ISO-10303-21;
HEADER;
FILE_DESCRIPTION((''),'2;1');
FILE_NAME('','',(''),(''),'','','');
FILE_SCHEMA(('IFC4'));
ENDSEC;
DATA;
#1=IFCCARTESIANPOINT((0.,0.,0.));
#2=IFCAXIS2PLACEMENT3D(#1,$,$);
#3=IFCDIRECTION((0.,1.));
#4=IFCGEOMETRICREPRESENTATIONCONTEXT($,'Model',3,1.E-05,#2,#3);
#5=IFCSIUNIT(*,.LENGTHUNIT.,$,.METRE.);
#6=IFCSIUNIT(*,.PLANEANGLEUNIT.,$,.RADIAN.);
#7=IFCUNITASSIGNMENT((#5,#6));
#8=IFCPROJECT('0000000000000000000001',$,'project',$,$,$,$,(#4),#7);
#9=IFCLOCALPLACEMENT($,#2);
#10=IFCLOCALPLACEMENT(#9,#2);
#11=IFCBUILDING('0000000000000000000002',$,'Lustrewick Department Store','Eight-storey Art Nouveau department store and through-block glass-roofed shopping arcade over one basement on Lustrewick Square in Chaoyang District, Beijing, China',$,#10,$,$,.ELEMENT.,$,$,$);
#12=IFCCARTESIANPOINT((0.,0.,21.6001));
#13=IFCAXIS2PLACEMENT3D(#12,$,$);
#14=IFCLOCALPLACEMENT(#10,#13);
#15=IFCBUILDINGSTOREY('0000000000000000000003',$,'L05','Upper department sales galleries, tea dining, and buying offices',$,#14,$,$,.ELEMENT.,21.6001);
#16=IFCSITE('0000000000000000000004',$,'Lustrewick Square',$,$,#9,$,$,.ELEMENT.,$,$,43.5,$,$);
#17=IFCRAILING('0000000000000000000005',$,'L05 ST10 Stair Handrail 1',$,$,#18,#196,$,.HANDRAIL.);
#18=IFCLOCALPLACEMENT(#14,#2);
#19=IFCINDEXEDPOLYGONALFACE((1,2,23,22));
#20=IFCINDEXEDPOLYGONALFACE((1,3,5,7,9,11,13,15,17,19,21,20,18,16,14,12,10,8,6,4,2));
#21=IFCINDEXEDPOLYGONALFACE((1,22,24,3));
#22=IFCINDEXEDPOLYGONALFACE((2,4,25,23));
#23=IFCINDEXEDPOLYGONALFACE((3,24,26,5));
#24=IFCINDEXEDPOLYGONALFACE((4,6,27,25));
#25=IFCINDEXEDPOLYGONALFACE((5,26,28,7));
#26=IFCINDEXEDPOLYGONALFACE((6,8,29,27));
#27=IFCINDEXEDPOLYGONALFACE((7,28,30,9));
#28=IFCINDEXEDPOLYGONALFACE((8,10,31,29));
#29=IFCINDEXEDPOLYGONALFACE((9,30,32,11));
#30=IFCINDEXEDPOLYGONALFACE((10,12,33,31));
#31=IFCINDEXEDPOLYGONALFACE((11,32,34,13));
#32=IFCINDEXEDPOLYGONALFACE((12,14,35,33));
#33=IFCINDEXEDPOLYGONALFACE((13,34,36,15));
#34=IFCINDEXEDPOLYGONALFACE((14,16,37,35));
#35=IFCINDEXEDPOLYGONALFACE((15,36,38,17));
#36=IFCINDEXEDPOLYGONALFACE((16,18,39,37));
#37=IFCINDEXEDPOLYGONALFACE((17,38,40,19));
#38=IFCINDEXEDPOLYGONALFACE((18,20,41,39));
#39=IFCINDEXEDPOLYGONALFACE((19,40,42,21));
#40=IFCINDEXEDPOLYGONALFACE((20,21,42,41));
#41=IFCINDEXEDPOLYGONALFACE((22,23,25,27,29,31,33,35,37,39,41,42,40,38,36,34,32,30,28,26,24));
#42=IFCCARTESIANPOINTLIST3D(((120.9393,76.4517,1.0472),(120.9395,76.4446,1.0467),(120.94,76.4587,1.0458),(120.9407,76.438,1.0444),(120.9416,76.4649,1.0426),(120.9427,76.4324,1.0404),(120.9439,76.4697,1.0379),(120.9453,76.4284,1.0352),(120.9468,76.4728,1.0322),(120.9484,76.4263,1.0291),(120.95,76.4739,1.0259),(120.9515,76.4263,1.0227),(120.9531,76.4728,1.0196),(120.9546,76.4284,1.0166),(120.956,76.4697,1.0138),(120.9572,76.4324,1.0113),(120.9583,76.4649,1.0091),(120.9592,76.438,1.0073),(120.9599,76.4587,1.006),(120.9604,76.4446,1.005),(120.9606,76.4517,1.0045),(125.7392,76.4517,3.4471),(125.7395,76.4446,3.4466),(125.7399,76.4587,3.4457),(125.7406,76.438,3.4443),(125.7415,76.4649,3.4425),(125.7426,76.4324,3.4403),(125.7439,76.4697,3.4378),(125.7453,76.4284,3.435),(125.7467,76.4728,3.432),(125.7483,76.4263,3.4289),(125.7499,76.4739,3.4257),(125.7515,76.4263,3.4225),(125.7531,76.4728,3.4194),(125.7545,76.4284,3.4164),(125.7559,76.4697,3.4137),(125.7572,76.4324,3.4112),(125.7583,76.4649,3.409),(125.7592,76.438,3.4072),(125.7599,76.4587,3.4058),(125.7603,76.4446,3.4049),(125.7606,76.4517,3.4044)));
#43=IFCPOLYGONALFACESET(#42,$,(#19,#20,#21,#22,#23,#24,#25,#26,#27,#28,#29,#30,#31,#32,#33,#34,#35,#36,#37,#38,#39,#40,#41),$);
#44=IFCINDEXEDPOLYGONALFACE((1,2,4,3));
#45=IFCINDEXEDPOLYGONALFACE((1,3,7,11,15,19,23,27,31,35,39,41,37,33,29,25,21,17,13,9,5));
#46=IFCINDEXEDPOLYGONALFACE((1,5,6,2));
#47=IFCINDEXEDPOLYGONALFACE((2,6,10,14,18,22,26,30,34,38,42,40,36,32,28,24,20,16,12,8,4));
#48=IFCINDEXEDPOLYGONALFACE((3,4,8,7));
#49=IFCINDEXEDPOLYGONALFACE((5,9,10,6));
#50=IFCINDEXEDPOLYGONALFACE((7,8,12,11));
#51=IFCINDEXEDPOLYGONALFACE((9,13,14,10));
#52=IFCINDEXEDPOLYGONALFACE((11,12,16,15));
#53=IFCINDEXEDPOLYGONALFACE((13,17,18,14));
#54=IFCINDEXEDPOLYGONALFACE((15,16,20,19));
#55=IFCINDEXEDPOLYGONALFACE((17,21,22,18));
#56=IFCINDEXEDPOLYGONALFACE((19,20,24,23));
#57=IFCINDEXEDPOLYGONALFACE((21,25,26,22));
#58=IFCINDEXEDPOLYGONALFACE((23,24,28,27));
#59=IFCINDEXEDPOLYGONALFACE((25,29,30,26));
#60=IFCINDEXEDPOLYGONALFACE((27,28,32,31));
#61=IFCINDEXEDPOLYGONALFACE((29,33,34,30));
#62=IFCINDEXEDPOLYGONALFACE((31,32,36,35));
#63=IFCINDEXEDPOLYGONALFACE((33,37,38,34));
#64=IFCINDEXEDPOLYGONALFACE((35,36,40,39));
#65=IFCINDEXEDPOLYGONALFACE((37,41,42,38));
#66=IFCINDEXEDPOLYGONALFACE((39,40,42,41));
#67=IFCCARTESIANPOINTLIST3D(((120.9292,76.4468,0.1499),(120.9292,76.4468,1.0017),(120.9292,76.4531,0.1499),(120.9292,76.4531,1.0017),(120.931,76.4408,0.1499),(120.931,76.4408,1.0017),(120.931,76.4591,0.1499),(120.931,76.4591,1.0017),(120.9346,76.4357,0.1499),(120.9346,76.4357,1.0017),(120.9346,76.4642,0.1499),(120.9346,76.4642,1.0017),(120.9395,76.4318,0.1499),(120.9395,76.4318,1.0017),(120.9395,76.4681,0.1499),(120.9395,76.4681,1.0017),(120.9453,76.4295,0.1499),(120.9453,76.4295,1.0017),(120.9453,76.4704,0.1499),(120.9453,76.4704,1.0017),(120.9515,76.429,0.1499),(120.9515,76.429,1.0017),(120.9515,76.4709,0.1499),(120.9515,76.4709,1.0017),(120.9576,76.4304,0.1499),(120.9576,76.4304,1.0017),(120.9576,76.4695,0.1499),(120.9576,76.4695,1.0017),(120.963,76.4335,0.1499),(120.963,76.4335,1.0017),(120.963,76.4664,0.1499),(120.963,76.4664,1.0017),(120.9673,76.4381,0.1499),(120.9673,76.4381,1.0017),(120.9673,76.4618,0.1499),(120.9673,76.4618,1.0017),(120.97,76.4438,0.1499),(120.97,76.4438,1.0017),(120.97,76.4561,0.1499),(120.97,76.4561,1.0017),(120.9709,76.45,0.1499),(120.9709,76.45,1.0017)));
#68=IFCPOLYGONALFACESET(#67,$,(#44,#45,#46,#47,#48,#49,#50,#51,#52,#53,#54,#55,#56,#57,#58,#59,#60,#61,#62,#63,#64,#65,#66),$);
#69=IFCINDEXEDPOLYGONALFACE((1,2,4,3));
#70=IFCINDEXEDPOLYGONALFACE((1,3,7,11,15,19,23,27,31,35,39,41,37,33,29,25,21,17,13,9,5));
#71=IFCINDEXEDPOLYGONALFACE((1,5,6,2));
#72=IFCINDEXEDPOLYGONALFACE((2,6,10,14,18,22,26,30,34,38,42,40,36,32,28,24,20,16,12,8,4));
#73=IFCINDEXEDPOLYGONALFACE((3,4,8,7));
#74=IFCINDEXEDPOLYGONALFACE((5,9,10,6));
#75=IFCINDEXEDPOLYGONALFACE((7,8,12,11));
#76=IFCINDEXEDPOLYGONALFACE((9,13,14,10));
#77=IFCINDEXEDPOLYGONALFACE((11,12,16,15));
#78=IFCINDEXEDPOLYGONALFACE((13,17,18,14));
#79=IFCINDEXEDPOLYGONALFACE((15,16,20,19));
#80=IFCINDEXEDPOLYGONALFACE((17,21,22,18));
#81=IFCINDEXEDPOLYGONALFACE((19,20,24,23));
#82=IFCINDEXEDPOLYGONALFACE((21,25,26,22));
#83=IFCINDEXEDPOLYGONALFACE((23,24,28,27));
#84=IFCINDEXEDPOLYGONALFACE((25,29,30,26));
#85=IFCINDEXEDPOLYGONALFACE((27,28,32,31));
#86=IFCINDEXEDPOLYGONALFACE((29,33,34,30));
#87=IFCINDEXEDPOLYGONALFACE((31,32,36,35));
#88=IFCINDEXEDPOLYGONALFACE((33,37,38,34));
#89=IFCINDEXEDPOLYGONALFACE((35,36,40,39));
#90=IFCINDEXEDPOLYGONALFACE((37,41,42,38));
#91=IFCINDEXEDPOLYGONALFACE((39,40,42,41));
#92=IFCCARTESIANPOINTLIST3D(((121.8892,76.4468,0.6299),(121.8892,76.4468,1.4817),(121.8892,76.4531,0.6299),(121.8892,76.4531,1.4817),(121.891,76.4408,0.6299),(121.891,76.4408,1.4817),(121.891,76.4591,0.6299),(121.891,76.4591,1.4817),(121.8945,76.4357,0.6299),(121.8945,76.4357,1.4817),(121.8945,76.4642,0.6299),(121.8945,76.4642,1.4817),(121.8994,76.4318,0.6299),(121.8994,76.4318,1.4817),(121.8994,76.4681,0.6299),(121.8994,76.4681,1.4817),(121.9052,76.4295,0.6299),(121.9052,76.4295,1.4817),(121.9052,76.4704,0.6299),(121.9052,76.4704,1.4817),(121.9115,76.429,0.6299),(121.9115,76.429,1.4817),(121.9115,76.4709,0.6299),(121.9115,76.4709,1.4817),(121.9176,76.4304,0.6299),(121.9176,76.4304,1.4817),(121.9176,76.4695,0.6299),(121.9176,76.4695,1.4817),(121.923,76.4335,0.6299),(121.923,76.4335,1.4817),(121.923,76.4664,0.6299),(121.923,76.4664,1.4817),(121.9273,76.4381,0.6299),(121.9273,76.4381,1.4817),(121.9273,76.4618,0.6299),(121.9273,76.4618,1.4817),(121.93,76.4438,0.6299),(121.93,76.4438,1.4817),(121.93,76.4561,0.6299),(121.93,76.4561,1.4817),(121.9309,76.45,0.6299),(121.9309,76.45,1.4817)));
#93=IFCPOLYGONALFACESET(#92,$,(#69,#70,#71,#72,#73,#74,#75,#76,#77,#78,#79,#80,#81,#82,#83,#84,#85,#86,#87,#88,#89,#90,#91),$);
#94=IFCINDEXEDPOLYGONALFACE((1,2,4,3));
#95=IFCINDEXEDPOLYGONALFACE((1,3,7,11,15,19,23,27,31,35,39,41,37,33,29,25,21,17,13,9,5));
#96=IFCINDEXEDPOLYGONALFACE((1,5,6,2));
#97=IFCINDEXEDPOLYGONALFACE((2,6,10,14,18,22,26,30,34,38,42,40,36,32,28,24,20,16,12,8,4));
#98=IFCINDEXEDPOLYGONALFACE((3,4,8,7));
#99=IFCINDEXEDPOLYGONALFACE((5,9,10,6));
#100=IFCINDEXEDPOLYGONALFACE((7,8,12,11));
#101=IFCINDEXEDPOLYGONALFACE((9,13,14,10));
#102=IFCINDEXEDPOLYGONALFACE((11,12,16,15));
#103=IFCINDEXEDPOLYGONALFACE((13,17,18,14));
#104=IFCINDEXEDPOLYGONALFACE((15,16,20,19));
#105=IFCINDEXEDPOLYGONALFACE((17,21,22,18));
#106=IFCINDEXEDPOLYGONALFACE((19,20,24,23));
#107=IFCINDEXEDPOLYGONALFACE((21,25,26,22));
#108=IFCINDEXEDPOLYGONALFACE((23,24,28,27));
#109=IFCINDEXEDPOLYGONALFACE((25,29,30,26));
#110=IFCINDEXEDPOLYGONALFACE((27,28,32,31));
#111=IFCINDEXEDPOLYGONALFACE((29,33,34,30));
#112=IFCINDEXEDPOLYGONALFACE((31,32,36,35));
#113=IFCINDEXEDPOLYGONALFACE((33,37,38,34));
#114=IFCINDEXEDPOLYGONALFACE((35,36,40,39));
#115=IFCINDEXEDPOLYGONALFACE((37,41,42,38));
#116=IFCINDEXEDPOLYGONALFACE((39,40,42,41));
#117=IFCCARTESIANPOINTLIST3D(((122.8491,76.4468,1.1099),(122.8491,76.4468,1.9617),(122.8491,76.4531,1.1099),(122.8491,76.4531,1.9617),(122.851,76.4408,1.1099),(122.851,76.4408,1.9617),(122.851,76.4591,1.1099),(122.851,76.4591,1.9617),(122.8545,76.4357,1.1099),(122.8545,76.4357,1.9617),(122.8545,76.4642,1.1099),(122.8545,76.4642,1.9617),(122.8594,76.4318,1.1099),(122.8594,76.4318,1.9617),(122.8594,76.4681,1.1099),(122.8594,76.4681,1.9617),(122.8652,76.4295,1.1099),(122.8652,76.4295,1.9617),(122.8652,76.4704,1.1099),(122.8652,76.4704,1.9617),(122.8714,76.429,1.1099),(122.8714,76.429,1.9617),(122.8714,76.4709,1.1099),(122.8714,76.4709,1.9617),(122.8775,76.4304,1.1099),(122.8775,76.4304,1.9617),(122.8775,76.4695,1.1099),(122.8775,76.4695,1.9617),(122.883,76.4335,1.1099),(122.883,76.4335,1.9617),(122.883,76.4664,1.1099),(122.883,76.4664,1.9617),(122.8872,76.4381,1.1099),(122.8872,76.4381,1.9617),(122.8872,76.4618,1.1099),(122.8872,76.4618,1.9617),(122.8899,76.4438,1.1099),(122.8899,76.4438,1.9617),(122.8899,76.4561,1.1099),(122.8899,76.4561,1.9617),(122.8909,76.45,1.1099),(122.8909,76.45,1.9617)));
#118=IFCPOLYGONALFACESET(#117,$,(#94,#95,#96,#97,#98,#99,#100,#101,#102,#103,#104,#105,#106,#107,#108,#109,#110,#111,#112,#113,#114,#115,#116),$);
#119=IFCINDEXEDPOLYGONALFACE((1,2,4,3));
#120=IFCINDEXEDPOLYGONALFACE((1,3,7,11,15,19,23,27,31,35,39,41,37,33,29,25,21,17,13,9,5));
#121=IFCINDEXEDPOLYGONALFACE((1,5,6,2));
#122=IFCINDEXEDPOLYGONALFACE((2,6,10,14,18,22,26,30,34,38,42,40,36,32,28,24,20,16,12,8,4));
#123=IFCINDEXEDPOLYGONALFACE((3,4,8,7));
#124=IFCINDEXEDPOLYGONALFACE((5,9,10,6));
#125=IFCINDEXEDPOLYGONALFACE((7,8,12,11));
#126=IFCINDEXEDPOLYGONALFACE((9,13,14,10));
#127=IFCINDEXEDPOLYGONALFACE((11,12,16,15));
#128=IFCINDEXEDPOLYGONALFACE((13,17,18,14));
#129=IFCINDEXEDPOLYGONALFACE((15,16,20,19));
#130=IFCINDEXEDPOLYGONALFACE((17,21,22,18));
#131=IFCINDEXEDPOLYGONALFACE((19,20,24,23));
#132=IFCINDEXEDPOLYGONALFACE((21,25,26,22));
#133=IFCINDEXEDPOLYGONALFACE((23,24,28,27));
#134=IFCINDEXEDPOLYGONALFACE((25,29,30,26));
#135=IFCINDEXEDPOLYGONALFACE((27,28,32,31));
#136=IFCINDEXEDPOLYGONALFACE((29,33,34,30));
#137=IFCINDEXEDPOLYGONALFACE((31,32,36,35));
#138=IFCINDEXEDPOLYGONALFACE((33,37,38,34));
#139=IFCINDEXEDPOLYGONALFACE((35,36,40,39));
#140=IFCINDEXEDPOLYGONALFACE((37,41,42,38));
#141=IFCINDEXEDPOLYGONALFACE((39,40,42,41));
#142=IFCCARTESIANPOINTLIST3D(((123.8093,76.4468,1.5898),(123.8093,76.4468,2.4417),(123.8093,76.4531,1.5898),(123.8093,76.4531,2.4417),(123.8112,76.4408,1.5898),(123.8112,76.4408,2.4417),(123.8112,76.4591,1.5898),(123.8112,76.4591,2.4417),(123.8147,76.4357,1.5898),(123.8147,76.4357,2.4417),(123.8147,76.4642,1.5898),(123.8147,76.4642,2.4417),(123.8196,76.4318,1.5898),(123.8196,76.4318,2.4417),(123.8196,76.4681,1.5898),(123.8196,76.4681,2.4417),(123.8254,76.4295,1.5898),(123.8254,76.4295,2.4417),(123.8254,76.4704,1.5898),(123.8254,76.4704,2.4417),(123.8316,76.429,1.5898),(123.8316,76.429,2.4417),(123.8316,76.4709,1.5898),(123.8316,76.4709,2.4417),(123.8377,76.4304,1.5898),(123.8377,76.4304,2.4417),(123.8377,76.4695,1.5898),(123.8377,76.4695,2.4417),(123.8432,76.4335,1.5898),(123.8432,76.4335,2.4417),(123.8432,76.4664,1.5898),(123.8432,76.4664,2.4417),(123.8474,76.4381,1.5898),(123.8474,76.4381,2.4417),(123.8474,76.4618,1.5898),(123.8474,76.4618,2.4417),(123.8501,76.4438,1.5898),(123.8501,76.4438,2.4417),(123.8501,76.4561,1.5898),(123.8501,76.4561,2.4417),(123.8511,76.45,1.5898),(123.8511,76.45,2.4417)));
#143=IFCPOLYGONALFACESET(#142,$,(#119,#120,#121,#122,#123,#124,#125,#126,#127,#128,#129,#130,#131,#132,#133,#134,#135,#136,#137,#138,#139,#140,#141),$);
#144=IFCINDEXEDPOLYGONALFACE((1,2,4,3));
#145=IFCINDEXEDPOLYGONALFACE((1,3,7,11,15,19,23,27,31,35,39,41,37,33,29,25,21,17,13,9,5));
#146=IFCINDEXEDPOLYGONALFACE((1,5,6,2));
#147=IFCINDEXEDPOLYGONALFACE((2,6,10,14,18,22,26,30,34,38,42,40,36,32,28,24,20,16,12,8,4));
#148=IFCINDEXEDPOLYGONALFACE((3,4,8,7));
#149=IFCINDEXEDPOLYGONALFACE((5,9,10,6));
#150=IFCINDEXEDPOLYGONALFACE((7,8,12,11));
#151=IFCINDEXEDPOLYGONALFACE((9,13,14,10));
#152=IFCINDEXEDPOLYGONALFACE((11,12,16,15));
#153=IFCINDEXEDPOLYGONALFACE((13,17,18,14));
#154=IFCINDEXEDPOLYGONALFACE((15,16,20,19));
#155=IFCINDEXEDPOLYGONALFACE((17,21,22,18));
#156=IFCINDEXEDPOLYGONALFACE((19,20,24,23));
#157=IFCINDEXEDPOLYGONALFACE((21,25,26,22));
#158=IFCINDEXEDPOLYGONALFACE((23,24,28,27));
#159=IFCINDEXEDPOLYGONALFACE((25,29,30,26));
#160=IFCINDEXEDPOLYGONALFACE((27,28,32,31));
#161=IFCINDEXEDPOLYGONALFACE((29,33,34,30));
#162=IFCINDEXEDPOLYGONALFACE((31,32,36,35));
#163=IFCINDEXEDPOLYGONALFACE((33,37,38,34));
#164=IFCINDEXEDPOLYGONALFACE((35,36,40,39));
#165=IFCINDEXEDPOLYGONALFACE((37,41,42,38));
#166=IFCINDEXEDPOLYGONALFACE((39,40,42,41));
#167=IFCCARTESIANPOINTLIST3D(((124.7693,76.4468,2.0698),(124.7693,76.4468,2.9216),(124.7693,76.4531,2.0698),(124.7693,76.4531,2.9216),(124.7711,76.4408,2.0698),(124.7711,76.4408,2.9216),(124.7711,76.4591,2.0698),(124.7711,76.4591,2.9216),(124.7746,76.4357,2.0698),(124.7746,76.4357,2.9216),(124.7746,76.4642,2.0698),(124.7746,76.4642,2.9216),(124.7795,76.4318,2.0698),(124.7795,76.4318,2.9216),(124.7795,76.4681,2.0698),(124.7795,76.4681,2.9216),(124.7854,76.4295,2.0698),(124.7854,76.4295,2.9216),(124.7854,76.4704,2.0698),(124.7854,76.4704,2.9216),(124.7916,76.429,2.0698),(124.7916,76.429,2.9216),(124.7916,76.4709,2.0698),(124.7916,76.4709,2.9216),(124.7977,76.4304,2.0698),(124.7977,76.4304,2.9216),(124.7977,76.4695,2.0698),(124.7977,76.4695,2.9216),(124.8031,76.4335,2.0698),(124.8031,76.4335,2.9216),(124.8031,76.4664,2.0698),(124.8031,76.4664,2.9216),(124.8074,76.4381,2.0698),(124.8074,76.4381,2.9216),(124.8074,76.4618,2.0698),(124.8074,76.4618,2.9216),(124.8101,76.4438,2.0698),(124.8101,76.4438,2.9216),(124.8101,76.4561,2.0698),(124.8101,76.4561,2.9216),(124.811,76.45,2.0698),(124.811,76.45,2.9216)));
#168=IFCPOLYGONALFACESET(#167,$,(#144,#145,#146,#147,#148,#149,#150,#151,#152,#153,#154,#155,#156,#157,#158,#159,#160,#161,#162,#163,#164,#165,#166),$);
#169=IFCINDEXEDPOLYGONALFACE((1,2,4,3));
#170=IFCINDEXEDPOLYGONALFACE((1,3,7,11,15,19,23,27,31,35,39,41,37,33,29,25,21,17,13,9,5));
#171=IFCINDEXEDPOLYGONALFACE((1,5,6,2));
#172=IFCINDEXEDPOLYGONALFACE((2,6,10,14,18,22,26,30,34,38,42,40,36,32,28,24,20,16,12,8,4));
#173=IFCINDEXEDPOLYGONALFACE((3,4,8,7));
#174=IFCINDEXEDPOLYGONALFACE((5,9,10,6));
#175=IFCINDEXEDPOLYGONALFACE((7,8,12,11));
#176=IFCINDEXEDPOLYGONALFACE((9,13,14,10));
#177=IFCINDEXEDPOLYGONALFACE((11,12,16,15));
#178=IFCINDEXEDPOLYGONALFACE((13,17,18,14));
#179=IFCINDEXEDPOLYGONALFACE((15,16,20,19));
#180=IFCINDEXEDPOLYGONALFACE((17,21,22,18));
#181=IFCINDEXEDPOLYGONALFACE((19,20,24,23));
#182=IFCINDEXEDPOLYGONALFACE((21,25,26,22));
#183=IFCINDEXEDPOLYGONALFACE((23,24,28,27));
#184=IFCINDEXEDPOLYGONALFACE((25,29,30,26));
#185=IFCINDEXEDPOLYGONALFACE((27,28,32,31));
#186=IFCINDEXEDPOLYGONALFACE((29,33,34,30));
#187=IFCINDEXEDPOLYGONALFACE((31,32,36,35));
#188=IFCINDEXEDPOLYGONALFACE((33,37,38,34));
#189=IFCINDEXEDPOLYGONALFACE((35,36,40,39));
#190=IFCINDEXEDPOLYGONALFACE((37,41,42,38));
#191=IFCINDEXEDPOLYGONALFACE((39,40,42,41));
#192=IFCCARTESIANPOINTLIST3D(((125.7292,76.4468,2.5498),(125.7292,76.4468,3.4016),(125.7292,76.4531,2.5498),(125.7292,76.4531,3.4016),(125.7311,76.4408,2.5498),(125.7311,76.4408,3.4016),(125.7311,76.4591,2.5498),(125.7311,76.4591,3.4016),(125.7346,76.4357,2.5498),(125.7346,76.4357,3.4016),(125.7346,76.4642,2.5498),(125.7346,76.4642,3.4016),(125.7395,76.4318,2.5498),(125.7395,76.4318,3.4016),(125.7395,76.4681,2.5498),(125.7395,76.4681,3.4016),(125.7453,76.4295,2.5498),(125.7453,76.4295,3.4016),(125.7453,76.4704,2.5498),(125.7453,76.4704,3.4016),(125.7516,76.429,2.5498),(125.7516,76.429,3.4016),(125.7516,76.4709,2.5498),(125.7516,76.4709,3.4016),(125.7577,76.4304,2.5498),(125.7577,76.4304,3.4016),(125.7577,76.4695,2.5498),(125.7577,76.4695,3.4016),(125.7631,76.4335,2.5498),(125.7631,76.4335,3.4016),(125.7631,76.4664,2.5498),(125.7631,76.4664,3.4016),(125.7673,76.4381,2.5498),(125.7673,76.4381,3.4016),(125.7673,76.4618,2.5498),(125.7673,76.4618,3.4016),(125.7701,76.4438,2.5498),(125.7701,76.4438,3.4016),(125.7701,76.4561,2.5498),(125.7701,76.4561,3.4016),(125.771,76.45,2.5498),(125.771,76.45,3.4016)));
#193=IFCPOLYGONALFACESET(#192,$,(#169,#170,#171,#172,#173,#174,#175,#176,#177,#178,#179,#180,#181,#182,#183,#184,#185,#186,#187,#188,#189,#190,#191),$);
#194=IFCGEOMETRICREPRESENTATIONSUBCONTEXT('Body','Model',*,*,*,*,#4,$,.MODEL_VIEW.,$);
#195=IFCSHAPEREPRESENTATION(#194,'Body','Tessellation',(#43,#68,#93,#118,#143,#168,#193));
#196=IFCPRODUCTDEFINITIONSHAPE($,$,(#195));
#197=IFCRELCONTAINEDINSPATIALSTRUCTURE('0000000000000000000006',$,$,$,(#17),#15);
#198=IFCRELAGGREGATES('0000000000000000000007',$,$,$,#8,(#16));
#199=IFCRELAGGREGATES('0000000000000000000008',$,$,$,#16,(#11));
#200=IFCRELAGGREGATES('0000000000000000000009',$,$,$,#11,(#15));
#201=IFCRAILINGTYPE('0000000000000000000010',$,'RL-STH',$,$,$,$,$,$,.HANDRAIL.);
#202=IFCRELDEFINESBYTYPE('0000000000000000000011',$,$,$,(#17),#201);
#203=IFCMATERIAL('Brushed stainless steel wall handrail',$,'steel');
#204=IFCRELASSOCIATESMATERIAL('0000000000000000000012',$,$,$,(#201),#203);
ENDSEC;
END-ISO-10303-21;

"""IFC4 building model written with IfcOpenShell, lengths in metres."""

from ifc_helpers import new_model, si_unit, direction, frame, origin, origin_2d, place, context, subcontext, project, spatial, circle, extrude, material, type_object, element, save


model = new_model("IFC4")

# Units and contexts
model_context = context("Model", 3, precision=1e-05, world=origin(), true_north=direction((0.0, 1.0)))
body_context = subcontext(model_context, "Body", "Model", "MODEL_VIEW")
ifc_project = project(units=[si_unit("LENGTHUNIT", "METRE"), si_unit("PLANEANGLEUNIT", "RADIAN")], contexts=[model_context])

# Site, building, storey
site_placement = place(None, origin())
site = spatial("IfcSite", under=ifc_project, at=site_placement, Name="Lustrewick Square", CompositionType="ELEMENT", RefElevation=43.5)
building_placement = place(site_placement, origin())
building = spatial("IfcBuilding", under=site, at=building_placement, Name="Lustrewick Department Store", Description="Eight-storey Art Nouveau department store and through-block glass-roofed shopping arcade over one basement on Lustrewick Square in Chaoyang District, Beijing, China", CompositionType="ELEMENT")
storey_placement = place(building_placement, frame((0.0, 0.0, 21.6001)))
storey = spatial("IfcBuildingStorey", under=building, at=storey_placement, Name="L05", Description="Upper department sales galleries, tea dining, and buying offices", CompositionType="ELEMENT", Elevation=21.6001)

# Railing
ifc_material_1 = material(Name="Brushed stainless steel wall handrail", Category="steel")
railing_type_1 = type_object("IfcRailingType", Name="RL-STH", PredefinedType="HANDRAIL", material=ifc_material_1)
railing_1_placement = place(storey_placement, frame((120.95, 76.45, 0.1499)))
element("IfcRailing", 1, at=railing_1_placement, inside=storey, type_object=railing_type_1, Name="L05 ST10 Stair Handrail 1", PredefinedType="HANDRAIL", context=body_context, shape_type="SweptSolid", body=[
    extrude(circle(Radius=0.0239, at=origin_2d()), frame((0.0, 0.0, 0.876), z_axis=(0.894436, 0.0, 0.447195), x_axis=(0.0, 1.0, 0.0)), (0.0, 0.0, 1.0), 5.3665),
    extrude(circle(Radius=0.021, at=origin_2d()), origin(), (0.0, 0.0, 1.0), 0.8518),
    extrude(circle(Radius=0.021, at=origin_2d()), frame((0.96, 0.0, 0.48)), (0.0, 0.0, 1.0), 0.8518),
    extrude(circle(Radius=0.021, at=origin_2d()), frame((1.9199, 0.0, 0.96)), (0.0, 0.0, 1.0), 0.8518),
    extrude(circle(Radius=0.021, at=origin_2d()), frame((2.8801, 0.0, 1.4399)), (0.0, 0.0, 1.0), 0.8518),
    extrude(circle(Radius=0.021, at=origin_2d()), frame((3.8401, 0.0, 1.9199)), (0.0, 0.0, 1.0), 0.8518),
    extrude(circle(Radius=0.021, at=origin_2d()), frame((4.8, 0.0, 2.3999)), (0.0, 0.0, 1.0), 0.8518),
])

save(model, "model.ifc")
